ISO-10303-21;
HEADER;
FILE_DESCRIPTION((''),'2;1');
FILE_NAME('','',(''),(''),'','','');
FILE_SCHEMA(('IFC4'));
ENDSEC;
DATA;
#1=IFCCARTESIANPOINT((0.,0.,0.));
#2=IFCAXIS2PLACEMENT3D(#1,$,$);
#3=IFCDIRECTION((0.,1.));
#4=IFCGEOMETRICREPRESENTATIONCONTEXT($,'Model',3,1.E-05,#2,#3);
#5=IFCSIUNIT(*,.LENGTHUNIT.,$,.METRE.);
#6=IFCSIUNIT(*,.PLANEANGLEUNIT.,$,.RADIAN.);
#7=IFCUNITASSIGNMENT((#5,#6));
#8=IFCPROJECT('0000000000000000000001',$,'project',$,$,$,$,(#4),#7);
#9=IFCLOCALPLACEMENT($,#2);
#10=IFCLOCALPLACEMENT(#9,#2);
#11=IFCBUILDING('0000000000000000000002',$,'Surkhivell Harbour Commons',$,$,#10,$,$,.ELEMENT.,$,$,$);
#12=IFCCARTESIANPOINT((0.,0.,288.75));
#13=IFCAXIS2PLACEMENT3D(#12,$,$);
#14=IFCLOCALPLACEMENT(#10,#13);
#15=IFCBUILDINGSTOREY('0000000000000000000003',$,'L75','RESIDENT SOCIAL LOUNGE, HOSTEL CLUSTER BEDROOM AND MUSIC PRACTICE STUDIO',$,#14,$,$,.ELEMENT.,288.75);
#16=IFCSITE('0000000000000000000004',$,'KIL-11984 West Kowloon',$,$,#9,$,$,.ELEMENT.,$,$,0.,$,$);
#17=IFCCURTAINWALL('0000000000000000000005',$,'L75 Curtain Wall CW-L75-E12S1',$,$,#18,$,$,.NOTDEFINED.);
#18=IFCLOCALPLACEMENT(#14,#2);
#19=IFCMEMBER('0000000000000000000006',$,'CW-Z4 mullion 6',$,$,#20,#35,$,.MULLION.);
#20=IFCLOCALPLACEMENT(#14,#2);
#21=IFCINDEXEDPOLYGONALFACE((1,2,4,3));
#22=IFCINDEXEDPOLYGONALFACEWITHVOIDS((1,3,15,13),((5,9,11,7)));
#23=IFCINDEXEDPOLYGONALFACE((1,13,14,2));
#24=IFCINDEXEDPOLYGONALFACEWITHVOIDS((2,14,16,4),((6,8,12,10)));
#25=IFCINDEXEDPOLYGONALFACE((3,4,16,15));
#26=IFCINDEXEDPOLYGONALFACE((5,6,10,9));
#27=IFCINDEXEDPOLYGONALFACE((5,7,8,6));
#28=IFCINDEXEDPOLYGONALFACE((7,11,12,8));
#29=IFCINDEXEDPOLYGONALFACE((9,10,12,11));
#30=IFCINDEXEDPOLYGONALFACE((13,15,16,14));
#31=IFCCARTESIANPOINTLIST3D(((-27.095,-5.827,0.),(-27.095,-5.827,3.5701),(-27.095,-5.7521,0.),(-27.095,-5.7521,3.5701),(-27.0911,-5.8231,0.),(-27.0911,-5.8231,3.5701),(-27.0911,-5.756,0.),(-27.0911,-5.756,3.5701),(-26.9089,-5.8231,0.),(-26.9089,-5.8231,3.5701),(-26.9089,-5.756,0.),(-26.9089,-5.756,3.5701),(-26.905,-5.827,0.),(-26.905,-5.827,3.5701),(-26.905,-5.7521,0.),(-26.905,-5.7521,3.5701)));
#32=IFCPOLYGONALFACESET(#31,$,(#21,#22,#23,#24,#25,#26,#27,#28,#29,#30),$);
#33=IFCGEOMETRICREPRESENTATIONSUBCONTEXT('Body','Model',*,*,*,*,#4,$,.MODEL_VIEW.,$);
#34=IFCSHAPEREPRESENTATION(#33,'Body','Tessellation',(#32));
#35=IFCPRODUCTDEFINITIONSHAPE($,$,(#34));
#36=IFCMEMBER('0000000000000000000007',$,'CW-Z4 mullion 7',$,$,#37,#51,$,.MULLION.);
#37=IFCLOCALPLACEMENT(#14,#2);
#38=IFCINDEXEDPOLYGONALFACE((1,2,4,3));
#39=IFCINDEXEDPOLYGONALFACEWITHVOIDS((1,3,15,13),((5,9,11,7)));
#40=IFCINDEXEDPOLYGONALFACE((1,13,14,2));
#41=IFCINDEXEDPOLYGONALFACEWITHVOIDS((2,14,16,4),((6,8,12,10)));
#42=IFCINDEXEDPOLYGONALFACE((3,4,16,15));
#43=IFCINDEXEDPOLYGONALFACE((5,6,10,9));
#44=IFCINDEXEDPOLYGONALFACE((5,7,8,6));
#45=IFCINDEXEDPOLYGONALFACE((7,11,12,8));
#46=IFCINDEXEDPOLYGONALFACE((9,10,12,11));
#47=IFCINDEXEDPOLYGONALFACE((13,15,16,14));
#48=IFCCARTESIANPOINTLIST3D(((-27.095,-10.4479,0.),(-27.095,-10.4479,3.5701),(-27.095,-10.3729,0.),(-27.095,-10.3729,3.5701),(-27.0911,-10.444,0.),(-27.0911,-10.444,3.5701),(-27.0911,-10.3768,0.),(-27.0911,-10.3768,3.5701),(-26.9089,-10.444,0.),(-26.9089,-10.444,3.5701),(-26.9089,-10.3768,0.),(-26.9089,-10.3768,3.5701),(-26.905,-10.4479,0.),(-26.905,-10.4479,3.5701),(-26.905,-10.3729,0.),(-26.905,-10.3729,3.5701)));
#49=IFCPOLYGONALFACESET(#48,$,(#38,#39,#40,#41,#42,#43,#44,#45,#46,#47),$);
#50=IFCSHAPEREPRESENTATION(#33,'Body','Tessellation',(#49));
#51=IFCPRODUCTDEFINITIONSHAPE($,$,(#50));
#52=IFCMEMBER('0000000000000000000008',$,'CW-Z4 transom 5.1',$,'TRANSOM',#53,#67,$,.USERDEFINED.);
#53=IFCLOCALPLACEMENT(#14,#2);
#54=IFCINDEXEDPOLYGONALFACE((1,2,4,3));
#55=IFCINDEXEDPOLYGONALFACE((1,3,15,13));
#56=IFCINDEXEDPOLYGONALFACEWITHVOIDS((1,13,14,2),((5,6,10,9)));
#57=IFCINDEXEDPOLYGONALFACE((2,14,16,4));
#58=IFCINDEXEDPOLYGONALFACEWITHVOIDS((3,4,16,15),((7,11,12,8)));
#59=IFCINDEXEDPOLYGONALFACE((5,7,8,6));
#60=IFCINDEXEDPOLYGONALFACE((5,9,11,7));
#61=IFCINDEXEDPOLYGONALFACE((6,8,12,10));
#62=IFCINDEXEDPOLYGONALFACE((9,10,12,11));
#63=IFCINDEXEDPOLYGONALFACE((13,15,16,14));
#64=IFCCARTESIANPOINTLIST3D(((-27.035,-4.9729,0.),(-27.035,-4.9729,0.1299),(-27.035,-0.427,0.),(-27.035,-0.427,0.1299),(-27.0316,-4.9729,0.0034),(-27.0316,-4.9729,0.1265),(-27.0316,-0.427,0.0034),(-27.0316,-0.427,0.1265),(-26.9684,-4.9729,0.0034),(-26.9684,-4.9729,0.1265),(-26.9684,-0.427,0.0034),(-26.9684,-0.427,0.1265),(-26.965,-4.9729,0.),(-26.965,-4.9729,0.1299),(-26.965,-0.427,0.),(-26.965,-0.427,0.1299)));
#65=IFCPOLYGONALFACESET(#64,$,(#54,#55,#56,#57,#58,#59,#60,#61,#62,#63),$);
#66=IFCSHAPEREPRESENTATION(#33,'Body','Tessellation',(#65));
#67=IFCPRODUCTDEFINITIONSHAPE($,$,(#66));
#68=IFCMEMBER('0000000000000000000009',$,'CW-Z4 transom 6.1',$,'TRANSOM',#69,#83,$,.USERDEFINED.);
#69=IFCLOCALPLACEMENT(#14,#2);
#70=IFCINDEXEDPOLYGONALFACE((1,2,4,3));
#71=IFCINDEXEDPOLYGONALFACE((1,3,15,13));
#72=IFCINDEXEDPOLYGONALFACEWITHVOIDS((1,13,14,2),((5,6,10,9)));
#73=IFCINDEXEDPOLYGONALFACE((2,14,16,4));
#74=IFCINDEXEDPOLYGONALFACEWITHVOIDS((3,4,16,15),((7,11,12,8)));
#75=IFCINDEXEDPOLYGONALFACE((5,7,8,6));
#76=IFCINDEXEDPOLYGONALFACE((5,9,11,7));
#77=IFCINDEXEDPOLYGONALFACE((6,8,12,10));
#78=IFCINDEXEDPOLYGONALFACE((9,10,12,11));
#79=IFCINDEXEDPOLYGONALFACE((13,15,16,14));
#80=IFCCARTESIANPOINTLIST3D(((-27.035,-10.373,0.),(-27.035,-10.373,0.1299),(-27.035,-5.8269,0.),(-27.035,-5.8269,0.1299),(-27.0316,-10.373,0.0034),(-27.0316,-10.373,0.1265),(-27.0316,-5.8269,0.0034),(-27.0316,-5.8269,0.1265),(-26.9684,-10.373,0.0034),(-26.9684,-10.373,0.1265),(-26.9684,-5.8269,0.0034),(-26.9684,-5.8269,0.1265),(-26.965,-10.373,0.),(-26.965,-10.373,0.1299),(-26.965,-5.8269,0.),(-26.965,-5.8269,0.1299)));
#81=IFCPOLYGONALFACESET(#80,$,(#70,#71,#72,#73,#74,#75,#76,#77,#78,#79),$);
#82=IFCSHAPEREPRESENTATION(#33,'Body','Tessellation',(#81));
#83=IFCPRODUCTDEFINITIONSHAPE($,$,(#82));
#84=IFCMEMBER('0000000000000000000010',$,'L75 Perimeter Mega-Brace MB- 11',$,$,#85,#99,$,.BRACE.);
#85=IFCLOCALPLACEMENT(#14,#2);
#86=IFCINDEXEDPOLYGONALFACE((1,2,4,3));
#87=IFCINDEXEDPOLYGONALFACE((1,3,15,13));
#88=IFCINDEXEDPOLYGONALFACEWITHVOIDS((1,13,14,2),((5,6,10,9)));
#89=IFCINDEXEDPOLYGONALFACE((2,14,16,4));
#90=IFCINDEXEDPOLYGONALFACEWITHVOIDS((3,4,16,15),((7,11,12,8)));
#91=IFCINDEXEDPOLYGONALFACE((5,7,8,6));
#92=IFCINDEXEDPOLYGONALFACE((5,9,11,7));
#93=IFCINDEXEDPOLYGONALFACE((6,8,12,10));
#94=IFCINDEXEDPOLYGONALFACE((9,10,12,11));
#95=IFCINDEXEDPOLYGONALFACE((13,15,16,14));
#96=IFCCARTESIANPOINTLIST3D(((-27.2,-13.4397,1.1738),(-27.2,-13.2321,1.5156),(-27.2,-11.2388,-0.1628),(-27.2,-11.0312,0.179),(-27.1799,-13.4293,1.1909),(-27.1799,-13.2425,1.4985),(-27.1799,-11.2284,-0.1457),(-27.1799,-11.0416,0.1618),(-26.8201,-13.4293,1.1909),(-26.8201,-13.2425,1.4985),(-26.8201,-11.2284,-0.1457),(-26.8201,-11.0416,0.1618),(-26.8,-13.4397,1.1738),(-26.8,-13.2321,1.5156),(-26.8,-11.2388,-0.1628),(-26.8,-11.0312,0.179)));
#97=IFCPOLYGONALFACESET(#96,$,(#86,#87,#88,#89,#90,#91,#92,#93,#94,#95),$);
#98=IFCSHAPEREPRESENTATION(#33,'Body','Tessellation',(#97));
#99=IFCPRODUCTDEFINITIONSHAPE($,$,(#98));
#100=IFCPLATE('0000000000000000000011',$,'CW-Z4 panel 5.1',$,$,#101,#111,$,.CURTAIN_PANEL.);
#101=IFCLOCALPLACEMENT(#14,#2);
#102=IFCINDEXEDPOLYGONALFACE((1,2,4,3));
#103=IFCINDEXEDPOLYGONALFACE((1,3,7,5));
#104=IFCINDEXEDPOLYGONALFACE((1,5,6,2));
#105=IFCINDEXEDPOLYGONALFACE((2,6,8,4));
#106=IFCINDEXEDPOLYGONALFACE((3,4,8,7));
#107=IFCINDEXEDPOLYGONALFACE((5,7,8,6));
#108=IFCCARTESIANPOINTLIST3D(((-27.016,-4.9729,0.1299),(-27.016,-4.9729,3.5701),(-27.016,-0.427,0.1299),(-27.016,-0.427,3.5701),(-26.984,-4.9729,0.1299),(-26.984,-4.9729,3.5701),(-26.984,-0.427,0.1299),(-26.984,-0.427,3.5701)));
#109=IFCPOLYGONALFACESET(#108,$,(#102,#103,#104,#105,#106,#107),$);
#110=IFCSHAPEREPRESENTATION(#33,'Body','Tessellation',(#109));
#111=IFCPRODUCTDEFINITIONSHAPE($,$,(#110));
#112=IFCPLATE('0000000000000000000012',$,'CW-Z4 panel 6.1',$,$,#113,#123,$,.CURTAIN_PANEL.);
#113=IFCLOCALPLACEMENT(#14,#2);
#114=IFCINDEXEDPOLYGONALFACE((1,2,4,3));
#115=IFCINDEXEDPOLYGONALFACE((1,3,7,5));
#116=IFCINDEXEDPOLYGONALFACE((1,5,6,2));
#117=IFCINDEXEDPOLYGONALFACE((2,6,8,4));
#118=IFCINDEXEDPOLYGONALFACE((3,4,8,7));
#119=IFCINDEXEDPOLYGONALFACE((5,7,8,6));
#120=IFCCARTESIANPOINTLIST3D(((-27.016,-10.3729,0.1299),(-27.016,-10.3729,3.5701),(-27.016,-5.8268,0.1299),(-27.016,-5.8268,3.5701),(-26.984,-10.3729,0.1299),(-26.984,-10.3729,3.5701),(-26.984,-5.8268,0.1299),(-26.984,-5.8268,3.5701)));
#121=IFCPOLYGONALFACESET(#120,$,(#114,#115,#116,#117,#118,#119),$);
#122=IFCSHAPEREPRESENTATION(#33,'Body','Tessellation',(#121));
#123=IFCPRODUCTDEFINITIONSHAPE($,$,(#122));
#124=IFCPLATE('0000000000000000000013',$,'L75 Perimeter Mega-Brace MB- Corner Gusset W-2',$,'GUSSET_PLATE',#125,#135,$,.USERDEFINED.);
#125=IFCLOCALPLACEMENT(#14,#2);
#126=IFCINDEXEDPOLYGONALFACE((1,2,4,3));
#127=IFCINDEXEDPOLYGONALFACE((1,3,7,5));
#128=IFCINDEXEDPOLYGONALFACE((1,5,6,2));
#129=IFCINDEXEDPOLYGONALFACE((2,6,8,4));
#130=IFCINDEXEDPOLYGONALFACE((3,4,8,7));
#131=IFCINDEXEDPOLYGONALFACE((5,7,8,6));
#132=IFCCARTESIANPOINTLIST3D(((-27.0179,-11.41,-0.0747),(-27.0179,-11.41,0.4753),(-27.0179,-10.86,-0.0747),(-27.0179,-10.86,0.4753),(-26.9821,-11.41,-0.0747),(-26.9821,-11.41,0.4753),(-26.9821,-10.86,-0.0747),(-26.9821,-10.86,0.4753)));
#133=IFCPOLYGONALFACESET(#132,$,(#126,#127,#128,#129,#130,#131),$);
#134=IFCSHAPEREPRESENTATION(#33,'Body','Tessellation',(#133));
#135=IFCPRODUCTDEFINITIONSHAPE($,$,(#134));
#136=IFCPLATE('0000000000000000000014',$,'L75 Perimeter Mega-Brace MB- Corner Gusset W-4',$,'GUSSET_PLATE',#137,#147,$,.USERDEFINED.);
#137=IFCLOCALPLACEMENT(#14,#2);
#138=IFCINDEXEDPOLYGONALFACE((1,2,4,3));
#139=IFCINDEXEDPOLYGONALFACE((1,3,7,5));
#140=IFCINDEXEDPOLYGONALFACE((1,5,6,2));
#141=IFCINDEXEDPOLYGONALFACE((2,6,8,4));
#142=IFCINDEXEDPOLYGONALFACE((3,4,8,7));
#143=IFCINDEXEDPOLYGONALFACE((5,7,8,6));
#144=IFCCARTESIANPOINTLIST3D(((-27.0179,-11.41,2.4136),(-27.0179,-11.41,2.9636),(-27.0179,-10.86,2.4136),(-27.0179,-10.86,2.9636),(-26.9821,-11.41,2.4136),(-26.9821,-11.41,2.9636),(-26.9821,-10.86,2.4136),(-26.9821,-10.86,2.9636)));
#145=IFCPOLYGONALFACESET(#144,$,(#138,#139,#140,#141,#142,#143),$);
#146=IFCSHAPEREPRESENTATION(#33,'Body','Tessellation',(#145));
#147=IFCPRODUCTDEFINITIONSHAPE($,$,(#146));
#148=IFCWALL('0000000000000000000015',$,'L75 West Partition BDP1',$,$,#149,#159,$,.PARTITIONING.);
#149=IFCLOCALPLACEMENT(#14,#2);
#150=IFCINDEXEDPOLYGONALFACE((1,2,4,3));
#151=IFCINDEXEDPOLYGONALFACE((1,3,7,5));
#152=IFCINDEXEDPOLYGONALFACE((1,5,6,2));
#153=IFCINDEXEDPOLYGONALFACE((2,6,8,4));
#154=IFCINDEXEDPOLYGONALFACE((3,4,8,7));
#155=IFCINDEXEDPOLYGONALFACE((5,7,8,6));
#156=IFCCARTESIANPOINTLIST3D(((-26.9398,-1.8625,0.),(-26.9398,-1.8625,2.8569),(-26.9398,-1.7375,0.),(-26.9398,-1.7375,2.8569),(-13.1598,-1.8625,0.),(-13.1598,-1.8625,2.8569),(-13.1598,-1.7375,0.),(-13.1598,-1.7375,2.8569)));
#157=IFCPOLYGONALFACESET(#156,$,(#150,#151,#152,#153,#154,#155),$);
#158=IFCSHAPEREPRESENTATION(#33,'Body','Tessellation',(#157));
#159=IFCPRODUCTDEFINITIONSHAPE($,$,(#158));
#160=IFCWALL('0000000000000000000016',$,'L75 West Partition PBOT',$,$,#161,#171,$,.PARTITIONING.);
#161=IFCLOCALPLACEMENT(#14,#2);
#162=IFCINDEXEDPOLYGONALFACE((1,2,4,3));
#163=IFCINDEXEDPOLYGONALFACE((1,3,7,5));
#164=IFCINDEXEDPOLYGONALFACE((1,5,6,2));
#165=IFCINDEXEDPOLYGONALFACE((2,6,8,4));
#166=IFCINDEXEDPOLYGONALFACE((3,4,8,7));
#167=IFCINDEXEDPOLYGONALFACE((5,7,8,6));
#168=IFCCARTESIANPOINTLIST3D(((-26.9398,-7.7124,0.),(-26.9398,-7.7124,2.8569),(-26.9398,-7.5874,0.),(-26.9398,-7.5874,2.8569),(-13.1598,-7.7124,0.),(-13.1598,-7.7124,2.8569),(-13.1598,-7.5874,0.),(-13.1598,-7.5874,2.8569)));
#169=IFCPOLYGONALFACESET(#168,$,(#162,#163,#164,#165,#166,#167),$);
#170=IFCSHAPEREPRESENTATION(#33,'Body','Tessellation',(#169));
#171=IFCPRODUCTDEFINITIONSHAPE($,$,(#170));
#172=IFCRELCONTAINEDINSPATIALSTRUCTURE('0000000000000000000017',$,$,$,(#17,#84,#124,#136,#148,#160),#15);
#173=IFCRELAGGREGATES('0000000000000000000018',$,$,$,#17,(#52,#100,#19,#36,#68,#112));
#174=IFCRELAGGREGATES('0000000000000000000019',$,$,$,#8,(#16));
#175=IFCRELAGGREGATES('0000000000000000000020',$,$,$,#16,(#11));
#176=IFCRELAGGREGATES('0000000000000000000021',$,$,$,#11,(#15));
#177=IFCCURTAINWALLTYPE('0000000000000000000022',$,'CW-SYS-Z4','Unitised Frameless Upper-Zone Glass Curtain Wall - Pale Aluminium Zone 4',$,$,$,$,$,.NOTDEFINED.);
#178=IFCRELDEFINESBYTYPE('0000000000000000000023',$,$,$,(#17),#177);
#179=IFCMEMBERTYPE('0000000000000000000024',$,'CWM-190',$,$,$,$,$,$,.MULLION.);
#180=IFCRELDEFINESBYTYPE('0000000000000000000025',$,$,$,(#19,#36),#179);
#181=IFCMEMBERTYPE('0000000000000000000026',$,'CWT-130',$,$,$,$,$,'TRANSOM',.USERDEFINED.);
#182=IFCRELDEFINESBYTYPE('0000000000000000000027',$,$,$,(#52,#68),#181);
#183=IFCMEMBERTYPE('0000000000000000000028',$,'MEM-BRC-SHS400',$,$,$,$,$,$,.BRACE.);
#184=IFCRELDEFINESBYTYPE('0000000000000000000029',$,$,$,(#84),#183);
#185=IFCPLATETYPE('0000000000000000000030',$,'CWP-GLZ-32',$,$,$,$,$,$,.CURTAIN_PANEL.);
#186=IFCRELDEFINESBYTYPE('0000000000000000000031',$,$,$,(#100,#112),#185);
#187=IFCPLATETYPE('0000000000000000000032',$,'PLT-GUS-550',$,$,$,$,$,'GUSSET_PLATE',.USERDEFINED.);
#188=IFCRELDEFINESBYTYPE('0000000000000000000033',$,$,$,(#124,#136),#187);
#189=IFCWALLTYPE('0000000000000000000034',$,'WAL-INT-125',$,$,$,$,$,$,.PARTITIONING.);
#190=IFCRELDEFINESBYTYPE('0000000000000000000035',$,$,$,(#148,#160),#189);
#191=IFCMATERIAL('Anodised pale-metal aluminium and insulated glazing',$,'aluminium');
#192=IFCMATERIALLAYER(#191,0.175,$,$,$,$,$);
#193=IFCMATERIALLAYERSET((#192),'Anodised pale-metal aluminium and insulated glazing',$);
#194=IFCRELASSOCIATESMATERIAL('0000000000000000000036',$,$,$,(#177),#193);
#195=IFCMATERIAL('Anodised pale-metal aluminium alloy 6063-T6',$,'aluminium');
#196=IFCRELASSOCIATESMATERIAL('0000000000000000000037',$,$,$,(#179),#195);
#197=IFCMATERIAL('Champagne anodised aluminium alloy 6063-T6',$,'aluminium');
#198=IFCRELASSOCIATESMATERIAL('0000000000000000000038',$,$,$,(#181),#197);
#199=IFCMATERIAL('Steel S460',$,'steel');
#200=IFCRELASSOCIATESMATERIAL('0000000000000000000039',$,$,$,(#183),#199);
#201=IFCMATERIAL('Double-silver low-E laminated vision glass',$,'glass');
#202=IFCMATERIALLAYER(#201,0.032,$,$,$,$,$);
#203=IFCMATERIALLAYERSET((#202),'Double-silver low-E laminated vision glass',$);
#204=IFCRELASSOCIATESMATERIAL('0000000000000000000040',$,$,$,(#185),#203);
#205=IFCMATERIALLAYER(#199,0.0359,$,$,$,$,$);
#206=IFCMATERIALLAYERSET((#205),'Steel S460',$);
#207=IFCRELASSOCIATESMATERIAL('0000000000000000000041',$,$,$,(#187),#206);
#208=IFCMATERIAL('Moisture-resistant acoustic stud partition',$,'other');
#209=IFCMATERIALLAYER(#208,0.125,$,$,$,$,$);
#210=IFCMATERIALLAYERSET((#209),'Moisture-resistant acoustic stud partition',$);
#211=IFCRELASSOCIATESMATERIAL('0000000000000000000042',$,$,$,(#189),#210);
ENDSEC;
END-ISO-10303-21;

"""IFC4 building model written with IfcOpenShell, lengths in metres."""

from ifc_helpers import new_model, si_unit, direction, frame, frame_2d, origin, origin_2d, place, context, subcontext, project, spatial, rectangle, hollow_rectangle, extrude, material, layer, layer_set, material_profile, profile_set, type_object, element, aggregate, save


model = new_model("IFC4")

# Units and contexts
model_context = context("Model", 3, precision=1e-05, world=origin(), true_north=direction((0.0, 1.0)))
body_context = subcontext(model_context, "Body", "Model", "MODEL_VIEW")
ifc_project = project(units=[si_unit("LENGTHUNIT", "METRE"), si_unit("PLANEANGLEUNIT", "RADIAN")], contexts=[model_context])

# Site, building, storey
site_placement = place(None, origin())
site = spatial("IfcSite", under=ifc_project, at=site_placement, Name="KIL-11984 West Kowloon", CompositionType="ELEMENT", RefElevation=0.0)
building_placement = place(site_placement, origin())
building = spatial("IfcBuilding", under=site, at=building_placement, Name="Surkhivell Harbour Commons", CompositionType="ELEMENT")
storey_placement = place(building_placement, frame((0.0, 0.0, 288.75)))
storey = spatial("IfcBuildingStorey", under=building, at=storey_placement, Name="L75", Description="RESIDENT SOCIAL LOUNGE, HOSTEL CLUSTER BEDROOM AND MUSIC PRACTICE STUDIO", CompositionType="ELEMENT", Elevation=288.75)

# Curtain wall, members
ifc_material_1 = material(Name="Anodised pale-metal aluminium and insulated glazing", Category="aluminium")
ifc_layer_1 = layer(ifc_material_1, 0.175)
ifc_layer_set_1 = layer_set([ifc_layer_1], Name="Anodised pale-metal aluminium and insulated glazing")
curtain_wall_type = type_object("IfcCurtainWallType", Name="CW-SYS-Z4", Description="Unitised Frameless Upper-Zone Glass Curtain Wall - Pale Aluminium Zone 4", PredefinedType="NOTDEFINED", material=ifc_layer_set_1)
curtain_wall_placement = place(storey_placement, origin())
curtain_wall = element("IfcCurtainWall", 1, at=curtain_wall_placement, inside=storey, type_object=curtain_wall_type, Name="L75 Curtain Wall CW-L75-E12S1", PredefinedType="NOTDEFINED")
ifc_material_2 = material(Name="Anodised pale-metal aluminium alloy 6063-T6", Category="aluminium")
ifc_material_profile_1 = material_profile(ifc_material_2, hollow_rectangle(XDim=0.075, YDim=0.1899, WallThickness=0.0039, at=origin_2d()), Name="ALU-MULL-75x190")
ifc_profile_set_1 = profile_set([ifc_material_profile_1], Name="Anodised pale-metal aluminium alloy 6063-T6")
member_type_1 = type_object("IfcMemberType", Name="CWM-190", PredefinedType="MULLION", material=ifc_profile_set_1)
member_1_placement = place(storey_placement, frame((-27.0, -5.7896, 0.0), z_axis=(0.0, 0.0, 1.0), x_axis=(0.0, -1.0, 0.0)))
member_1 = element("IfcMember", 2, at=member_1_placement, type_object=member_type_1, Name="CW-Z4 mullion 6", PredefinedType="MULLION", context=body_context, shape_type="SweptSolid", body=[
    extrude(hollow_rectangle(XDim=0.075, YDim=0.1899, WallThickness=0.0039, at=origin_2d()), origin(), (0.0, 0.0, 1.0), 3.5701),
])
member_2_placement = place(storey_placement, frame((-27.0, -10.4104, 0.0), z_axis=(0.0, 0.0, 1.0), x_axis=(0.0, -1.0, 0.0)))
member_2 = element("IfcMember", 3, at=member_2_placement, type_object=member_type_1, Name="CW-Z4 mullion 7", PredefinedType="MULLION", context=body_context, shape_type="SweptSolid", body=[
    extrude(hollow_rectangle(XDim=0.075, YDim=0.1899, WallThickness=0.0039, at=origin_2d()), origin(), (0.0, 0.0, 1.0), 3.5701),
])
ifc_material_3 = material(Name="Champagne anodised aluminium alloy 6063-T6", Category="aluminium")
ifc_material_profile_2 = material_profile(ifc_material_3, hollow_rectangle(XDim=0.0701, YDim=0.1299, WallThickness=0.0034, at=origin_2d()), Name="ALU-TRAN-70x130")
ifc_profile_set_2 = profile_set([ifc_material_profile_2], Name="Champagne anodised aluminium alloy 6063-T6")
member_type_2 = type_object("IfcMemberType", Name="CWT-130", ElementType="TRANSOM", PredefinedType="USERDEFINED", material=ifc_profile_set_2)
member_3_placement = place(storey_placement, frame((-27.0, -0.427, 0.0649), z_axis=(0.0, -1.0, 0.0), x_axis=(1.0, 0.0, 0.0)))
member_3 = element("IfcMember", 4, at=member_3_placement, type_object=member_type_2, Name="CW-Z4 transom 5.1", ObjectType="TRANSOM", PredefinedType="USERDEFINED", context=body_context, shape_type="SweptSolid", body=[
    extrude(hollow_rectangle(XDim=0.0701, YDim=0.1299, WallThickness=0.0034, at=origin_2d()), origin(), (0.0, 0.0, 1.0), 4.5459),
])
member_4_placement = place(storey_placement, frame((-27.0, -5.8269, 0.0649), z_axis=(0.0, -1.0, 0.0), x_axis=(1.0, 0.0, 0.0)))
member_4 = element("IfcMember", 5, at=member_4_placement, type_object=member_type_2, Name="CW-Z4 transom 6.1", ObjectType="TRANSOM", PredefinedType="USERDEFINED", context=body_context, shape_type="SweptSolid", body=[
    extrude(hollow_rectangle(XDim=0.0701, YDim=0.1299, WallThickness=0.0034, at=origin_2d()), origin(), (0.0, 0.0, 1.0), 4.5461),
])

# Member
ifc_material_4 = material(Name="Steel S460", Category="steel")
ifc_material_profile_3 = material_profile(ifc_material_4, hollow_rectangle(XDim=0.3999, YDim=0.3999, WallThickness=0.02, at=origin_2d()), Name="SHS400x400x20")
ifc_profile_set_3 = profile_set([ifc_material_profile_3], Name="Steel S460")
member_type_3 = type_object("IfcMemberType", Name="MEM-BRC-SHS400", PredefinedType="BRACE", material=ifc_profile_set_3)
member_5_placement = place(storey_placement, frame((-27.0, -11.135, 0.0081), z_axis=(0.0, -0.85472, 0.519089), x_axis=(1.0, 0.0, 0.0)))
element("IfcMember", 6, at=member_5_placement, inside=storey, type_object=member_type_3, Name="L75 Perimeter Mega-Brace MB- 11", PredefinedType="BRACE", context=body_context, shape_type="SweptSolid", body=[
    extrude(hollow_rectangle(XDim=0.3999, YDim=0.3999, WallThickness=0.02, at=origin_2d()), origin(), (0.0, 0.0, 1.0), 2.575),
])

# Plates
ifc_material_5 = material(Name="Double-silver low-E laminated vision glass", Category="glass")
ifc_layer_2 = layer(ifc_material_5, 0.032)
ifc_layer_set_2 = layer_set([ifc_layer_2], Name="Double-silver low-E laminated vision glass")
plate_type_1 = type_object("IfcPlateType", Name="CWP-GLZ-32", PredefinedType="CURTAIN_PANEL", material=ifc_layer_set_2)
plate_1_placement = place(storey_placement, frame((-27.0, -0.427, 0.1299), z_axis=(0.0, 0.0, 1.0), x_axis=(0.0, -1.0, 0.0)))
plate_1 = element("IfcPlate", 7, at=plate_1_placement, type_object=plate_type_1, Name="CW-Z4 panel 5.1", PredefinedType="CURTAIN_PANEL", context=body_context, shape_type="SweptSolid", body=[
    extrude(rectangle(XDim=4.5459, YDim=0.032, at=frame_2d((2.2729, 0.0))), origin(), (0.0, 0.0, 1.0), 3.4402),
])
plate_2_placement = place(storey_placement, frame((-27.0, -5.8269, 0.1299), z_axis=(0.0, 0.0, 1.0), x_axis=(0.0, -1.0, 0.0)))
plate_2 = element("IfcPlate", 8, at=plate_2_placement, type_object=plate_type_1, Name="CW-Z4 panel 6.1", PredefinedType="CURTAIN_PANEL", context=body_context, shape_type="SweptSolid", body=[
    extrude(rectangle(XDim=4.5461, YDim=0.032, at=frame_2d((2.2729, 0.0))), origin(), (0.0, 0.0, 1.0), 3.4402),
])
aggregate(curtain_wall, [member_3, plate_1, member_1, member_2, member_4, plate_2])

# Plates
ifc_layer_3 = layer(ifc_material_4, 0.0359)
ifc_layer_set_3 = layer_set([ifc_layer_3], Name="Steel S460")
plate_type_2 = type_object("IfcPlateType", Name="PLT-GUS-550", ElementType="GUSSET_PLATE", PredefinedType="USERDEFINED", material=ifc_layer_set_3)
for number, where, z_axis, x_axis, name in (
    (9, (-27.0, -11.135, -0.0747), (0.0, 0.0, 1.0), (0.0, 1.0, 0.0), "L75 Perimeter Mega-Brace MB- Corner Gusset W-2"),
    (10, (-27.0, -11.135, 2.4136), (0.0, 0.0, 1.0), (0.0, 1.0, 0.0), "L75 Perimeter Mega-Brace MB- Corner Gusset W-4"),
):
    element("IfcPlate", number, at=place(storey_placement, frame(where, z_axis=z_axis, x_axis=x_axis)), inside=storey, type_object=plate_type_2, Name=name, ObjectType="GUSSET_PLATE", PredefinedType="USERDEFINED", context=body_context, shape_type="SweptSolid", body=[
        extrude(rectangle(XDim=0.55, YDim=0.0359, at=origin_2d()), origin(), (0.0, 0.0, 1.0), 0.55),
    ])

# Walls
ifc_material_6 = material(Name="Moisture-resistant acoustic stud partition", Category="other")
ifc_layer_4 = layer(ifc_material_6, 0.125)
ifc_layer_set_4 = layer_set([ifc_layer_4], Name="Moisture-resistant acoustic stud partition")
wall_type = type_object("IfcWallType", Name="WAL-INT-125", PredefinedType="PARTITIONING", material=ifc_layer_set_4)
for number, where, z_axis, x_axis, name in (
    (11, (-26.9399, -1.8, 0.0), (0.0, 0.0, 1.0), (1.0, 0.0, 0.0), "L75 West Partition BDP1"),
    (12, (-26.9399, -7.6499, 0.0), (0.0, 0.0, 1.0), (1.0, 0.0, 0.0), "L75 West Partition PBOT"),
):
    element("IfcWall", number, at=place(storey_placement, frame(where, z_axis=z_axis, x_axis=x_axis)), inside=storey, type_object=wall_type, Name=name, PredefinedType="PARTITIONING", context=body_context, shape_type="SweptSolid", body=[
        extrude(rectangle(XDim=13.78, YDim=0.125, at=frame_2d((6.8901, 0.0))), origin(), (0.0, 0.0, 1.0), 2.8569),
    ])

save(model, "model.ifc")
